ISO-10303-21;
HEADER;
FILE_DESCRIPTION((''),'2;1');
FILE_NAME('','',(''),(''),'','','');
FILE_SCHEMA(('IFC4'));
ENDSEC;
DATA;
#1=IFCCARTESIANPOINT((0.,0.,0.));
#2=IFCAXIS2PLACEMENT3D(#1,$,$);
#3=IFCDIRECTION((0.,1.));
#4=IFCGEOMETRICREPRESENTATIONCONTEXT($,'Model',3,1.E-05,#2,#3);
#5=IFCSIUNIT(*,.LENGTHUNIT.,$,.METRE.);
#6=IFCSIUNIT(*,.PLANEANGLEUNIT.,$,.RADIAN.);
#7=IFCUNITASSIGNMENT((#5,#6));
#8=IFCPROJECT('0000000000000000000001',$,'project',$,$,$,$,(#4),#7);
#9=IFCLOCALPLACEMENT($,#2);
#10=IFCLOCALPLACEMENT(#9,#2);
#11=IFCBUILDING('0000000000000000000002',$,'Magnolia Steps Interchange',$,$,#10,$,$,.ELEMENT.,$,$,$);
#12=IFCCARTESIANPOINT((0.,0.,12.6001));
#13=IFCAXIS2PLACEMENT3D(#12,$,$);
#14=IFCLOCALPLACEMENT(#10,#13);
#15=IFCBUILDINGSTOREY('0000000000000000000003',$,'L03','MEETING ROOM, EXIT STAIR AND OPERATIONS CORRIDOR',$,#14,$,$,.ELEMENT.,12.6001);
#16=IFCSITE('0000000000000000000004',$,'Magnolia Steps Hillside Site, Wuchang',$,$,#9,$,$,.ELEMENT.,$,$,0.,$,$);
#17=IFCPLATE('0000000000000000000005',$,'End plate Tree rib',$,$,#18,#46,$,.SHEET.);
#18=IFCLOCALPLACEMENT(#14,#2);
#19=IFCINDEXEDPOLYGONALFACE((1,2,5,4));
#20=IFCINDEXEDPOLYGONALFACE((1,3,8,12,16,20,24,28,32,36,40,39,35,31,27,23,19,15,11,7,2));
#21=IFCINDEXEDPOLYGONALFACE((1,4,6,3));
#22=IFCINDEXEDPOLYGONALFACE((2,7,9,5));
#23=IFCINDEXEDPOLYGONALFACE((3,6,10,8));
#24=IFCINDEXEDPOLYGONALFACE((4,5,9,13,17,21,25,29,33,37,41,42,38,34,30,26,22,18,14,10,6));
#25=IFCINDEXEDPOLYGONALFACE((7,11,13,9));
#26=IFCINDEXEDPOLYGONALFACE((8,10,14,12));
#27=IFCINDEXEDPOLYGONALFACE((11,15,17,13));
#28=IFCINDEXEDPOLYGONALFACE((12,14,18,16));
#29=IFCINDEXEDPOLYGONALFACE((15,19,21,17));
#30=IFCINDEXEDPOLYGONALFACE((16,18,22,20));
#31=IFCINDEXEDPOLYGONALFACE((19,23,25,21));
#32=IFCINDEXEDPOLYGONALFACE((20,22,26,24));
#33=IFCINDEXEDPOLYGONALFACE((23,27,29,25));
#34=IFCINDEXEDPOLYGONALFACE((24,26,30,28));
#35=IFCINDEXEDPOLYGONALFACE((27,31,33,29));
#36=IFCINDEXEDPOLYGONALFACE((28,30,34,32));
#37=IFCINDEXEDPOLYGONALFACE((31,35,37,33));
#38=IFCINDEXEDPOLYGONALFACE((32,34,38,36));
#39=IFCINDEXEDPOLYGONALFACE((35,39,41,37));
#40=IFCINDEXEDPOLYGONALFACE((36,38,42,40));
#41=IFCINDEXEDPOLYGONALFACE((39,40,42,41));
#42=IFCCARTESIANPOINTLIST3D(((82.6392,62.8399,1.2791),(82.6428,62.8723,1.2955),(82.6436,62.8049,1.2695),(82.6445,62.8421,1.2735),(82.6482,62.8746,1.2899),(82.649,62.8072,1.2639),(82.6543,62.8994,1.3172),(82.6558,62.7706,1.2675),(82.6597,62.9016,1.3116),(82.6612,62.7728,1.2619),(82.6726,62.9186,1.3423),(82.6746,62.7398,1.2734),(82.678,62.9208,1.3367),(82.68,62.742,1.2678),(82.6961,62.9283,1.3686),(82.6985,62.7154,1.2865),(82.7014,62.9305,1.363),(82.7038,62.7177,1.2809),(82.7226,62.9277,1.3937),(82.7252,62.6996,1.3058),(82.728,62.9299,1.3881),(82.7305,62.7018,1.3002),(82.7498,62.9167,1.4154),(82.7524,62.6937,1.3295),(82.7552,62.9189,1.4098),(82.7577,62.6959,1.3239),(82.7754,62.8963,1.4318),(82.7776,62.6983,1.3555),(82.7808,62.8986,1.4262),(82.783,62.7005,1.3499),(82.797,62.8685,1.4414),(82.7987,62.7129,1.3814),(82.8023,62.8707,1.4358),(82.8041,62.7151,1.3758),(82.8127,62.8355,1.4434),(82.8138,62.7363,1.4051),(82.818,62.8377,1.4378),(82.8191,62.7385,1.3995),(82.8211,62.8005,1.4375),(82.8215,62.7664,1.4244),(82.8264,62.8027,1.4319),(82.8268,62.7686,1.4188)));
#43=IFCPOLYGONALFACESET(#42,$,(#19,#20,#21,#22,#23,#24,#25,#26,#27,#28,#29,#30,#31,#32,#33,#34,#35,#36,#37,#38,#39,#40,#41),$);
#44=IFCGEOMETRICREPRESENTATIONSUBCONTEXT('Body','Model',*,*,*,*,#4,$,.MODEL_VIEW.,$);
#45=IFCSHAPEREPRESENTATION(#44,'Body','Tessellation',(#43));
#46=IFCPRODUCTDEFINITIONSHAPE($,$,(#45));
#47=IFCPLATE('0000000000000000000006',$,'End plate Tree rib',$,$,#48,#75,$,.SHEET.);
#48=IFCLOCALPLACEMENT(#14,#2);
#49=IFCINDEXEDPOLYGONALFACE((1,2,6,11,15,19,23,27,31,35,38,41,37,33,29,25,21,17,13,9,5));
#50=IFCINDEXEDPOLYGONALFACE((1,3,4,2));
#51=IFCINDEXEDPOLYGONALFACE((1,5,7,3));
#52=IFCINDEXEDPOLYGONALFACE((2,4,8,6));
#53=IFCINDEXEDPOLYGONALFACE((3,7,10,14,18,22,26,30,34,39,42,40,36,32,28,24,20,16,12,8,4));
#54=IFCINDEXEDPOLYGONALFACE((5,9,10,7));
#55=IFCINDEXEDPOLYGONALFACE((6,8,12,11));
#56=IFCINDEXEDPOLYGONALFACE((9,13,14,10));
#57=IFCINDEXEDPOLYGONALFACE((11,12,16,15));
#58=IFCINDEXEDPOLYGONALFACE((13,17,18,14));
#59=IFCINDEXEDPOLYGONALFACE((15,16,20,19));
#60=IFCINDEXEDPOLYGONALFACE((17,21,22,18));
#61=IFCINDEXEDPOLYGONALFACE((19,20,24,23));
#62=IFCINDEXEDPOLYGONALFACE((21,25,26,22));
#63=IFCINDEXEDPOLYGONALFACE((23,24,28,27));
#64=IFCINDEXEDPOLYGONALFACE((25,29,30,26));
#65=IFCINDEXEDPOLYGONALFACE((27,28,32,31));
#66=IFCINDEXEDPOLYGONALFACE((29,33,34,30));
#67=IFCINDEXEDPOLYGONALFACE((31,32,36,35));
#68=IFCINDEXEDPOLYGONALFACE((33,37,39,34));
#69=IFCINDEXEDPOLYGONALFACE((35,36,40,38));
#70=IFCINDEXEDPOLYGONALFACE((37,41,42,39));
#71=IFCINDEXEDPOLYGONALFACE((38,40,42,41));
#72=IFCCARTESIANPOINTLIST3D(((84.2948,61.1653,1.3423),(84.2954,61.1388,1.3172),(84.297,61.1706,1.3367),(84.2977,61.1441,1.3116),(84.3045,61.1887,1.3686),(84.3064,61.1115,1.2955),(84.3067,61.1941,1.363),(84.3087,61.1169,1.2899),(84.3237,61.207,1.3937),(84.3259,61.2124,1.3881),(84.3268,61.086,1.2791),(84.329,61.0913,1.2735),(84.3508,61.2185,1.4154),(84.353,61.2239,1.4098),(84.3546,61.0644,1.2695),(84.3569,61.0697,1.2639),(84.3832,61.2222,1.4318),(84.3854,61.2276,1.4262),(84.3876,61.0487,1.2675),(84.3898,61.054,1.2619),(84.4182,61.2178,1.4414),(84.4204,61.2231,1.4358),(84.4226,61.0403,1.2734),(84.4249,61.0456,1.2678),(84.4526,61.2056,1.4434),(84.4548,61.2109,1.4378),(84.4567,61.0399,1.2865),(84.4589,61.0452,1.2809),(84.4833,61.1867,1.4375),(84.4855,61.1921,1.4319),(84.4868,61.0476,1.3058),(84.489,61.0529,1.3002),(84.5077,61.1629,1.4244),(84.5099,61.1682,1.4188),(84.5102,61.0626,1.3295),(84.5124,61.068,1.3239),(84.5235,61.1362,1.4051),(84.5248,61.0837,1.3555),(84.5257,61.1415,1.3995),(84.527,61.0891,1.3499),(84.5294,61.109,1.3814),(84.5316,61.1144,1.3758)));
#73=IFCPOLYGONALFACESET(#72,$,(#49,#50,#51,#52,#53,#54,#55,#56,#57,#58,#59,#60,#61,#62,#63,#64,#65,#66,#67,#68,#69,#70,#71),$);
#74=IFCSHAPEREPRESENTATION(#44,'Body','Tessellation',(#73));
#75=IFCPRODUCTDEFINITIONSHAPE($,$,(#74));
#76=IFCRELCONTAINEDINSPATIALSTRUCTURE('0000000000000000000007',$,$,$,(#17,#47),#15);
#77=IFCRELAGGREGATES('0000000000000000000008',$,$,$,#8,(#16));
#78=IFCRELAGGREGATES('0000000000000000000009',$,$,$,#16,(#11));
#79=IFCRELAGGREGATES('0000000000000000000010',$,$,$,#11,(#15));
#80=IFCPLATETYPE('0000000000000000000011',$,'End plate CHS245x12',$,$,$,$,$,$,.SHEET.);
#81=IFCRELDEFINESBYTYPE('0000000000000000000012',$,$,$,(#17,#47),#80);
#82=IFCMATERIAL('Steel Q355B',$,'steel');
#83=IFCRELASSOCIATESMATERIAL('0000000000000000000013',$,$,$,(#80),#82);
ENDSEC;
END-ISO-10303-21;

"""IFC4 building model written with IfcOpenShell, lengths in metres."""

from ifc_helpers import new_model, si_unit, direction, frame, origin, origin_2d, place, context, subcontext, project, spatial, circle, extrude, material, material_profile, profile_set, type_object, element, save


model = new_model("IFC4")

# Units and contexts
model_context = context("Model", 3, precision=1e-05, world=origin(), true_north=direction((0.0, 1.0)))
body_context = subcontext(model_context, "Body", "Model", "MODEL_VIEW")
ifc_project = project(units=[si_unit("LENGTHUNIT", "METRE"), si_unit("PLANEANGLEUNIT", "RADIAN")], contexts=[model_context])

# Site, building, storey
site_placement = place(None, origin())
site = spatial("IfcSite", under=ifc_project, at=site_placement, Name="Magnolia Steps Hillside Site, Wuchang", CompositionType="ELEMENT", RefElevation=0.0)
building_placement = place(site_placement, origin())
building = spatial("IfcBuilding", under=site, at=building_placement, Name="Magnolia Steps Interchange", CompositionType="ELEMENT")
storey_placement = place(building_placement, frame((0.0, 0.0, 12.6001)))
storey = spatial("IfcBuildingStorey", under=building, at=storey_placement, Name="L03", Description="MEETING ROOM, EXIT STAIR AND OPERATIONS CORRIDOR", CompositionType="ELEMENT", Elevation=12.6001)

# Plates
ifc_material_1 = material(Name="Steel Q355B", Category="steel")
ifc_material_profile_1 = material_profile(ifc_material_1, circle(Radius=0.1226, at=origin_2d()), Name="End plate CHS245x12")
ifc_profile_set_1 = profile_set([ifc_material_profile_1], Name="Steel Q355B")
plate_type = type_object("IfcPlateType", Name="End plate CHS245x12", PredefinedType="SHEET", material=ifc_profile_set_1)
for number, where, z_axis, x_axis, name in (
    (1, (82.7361, 62.8137, 1.3499), (-0.664583, -0.275279, 0.694658), (0.382683, -0.92388, 0.0), "End plate Tree rib"),
    (2, (84.4138, 61.136, 1.3499), (-0.275279, -0.664583, 0.694658), (0.92388, -0.382683, 0.0), "End plate Tree rib"),
):
    element("IfcPlate", number, at=place(storey_placement, frame(where, z_axis=z_axis, x_axis=x_axis)), inside=storey, type_object=plate_type, Name=name, PredefinedType="SHEET", context=body_context, shape_type="SweptSolid", body=[
        extrude(circle(Radius=0.1226, at=origin_2d()), origin(), (0.0, 0.0, 1.0), 0.0081),
    ])

save(model, "model.ifc")
